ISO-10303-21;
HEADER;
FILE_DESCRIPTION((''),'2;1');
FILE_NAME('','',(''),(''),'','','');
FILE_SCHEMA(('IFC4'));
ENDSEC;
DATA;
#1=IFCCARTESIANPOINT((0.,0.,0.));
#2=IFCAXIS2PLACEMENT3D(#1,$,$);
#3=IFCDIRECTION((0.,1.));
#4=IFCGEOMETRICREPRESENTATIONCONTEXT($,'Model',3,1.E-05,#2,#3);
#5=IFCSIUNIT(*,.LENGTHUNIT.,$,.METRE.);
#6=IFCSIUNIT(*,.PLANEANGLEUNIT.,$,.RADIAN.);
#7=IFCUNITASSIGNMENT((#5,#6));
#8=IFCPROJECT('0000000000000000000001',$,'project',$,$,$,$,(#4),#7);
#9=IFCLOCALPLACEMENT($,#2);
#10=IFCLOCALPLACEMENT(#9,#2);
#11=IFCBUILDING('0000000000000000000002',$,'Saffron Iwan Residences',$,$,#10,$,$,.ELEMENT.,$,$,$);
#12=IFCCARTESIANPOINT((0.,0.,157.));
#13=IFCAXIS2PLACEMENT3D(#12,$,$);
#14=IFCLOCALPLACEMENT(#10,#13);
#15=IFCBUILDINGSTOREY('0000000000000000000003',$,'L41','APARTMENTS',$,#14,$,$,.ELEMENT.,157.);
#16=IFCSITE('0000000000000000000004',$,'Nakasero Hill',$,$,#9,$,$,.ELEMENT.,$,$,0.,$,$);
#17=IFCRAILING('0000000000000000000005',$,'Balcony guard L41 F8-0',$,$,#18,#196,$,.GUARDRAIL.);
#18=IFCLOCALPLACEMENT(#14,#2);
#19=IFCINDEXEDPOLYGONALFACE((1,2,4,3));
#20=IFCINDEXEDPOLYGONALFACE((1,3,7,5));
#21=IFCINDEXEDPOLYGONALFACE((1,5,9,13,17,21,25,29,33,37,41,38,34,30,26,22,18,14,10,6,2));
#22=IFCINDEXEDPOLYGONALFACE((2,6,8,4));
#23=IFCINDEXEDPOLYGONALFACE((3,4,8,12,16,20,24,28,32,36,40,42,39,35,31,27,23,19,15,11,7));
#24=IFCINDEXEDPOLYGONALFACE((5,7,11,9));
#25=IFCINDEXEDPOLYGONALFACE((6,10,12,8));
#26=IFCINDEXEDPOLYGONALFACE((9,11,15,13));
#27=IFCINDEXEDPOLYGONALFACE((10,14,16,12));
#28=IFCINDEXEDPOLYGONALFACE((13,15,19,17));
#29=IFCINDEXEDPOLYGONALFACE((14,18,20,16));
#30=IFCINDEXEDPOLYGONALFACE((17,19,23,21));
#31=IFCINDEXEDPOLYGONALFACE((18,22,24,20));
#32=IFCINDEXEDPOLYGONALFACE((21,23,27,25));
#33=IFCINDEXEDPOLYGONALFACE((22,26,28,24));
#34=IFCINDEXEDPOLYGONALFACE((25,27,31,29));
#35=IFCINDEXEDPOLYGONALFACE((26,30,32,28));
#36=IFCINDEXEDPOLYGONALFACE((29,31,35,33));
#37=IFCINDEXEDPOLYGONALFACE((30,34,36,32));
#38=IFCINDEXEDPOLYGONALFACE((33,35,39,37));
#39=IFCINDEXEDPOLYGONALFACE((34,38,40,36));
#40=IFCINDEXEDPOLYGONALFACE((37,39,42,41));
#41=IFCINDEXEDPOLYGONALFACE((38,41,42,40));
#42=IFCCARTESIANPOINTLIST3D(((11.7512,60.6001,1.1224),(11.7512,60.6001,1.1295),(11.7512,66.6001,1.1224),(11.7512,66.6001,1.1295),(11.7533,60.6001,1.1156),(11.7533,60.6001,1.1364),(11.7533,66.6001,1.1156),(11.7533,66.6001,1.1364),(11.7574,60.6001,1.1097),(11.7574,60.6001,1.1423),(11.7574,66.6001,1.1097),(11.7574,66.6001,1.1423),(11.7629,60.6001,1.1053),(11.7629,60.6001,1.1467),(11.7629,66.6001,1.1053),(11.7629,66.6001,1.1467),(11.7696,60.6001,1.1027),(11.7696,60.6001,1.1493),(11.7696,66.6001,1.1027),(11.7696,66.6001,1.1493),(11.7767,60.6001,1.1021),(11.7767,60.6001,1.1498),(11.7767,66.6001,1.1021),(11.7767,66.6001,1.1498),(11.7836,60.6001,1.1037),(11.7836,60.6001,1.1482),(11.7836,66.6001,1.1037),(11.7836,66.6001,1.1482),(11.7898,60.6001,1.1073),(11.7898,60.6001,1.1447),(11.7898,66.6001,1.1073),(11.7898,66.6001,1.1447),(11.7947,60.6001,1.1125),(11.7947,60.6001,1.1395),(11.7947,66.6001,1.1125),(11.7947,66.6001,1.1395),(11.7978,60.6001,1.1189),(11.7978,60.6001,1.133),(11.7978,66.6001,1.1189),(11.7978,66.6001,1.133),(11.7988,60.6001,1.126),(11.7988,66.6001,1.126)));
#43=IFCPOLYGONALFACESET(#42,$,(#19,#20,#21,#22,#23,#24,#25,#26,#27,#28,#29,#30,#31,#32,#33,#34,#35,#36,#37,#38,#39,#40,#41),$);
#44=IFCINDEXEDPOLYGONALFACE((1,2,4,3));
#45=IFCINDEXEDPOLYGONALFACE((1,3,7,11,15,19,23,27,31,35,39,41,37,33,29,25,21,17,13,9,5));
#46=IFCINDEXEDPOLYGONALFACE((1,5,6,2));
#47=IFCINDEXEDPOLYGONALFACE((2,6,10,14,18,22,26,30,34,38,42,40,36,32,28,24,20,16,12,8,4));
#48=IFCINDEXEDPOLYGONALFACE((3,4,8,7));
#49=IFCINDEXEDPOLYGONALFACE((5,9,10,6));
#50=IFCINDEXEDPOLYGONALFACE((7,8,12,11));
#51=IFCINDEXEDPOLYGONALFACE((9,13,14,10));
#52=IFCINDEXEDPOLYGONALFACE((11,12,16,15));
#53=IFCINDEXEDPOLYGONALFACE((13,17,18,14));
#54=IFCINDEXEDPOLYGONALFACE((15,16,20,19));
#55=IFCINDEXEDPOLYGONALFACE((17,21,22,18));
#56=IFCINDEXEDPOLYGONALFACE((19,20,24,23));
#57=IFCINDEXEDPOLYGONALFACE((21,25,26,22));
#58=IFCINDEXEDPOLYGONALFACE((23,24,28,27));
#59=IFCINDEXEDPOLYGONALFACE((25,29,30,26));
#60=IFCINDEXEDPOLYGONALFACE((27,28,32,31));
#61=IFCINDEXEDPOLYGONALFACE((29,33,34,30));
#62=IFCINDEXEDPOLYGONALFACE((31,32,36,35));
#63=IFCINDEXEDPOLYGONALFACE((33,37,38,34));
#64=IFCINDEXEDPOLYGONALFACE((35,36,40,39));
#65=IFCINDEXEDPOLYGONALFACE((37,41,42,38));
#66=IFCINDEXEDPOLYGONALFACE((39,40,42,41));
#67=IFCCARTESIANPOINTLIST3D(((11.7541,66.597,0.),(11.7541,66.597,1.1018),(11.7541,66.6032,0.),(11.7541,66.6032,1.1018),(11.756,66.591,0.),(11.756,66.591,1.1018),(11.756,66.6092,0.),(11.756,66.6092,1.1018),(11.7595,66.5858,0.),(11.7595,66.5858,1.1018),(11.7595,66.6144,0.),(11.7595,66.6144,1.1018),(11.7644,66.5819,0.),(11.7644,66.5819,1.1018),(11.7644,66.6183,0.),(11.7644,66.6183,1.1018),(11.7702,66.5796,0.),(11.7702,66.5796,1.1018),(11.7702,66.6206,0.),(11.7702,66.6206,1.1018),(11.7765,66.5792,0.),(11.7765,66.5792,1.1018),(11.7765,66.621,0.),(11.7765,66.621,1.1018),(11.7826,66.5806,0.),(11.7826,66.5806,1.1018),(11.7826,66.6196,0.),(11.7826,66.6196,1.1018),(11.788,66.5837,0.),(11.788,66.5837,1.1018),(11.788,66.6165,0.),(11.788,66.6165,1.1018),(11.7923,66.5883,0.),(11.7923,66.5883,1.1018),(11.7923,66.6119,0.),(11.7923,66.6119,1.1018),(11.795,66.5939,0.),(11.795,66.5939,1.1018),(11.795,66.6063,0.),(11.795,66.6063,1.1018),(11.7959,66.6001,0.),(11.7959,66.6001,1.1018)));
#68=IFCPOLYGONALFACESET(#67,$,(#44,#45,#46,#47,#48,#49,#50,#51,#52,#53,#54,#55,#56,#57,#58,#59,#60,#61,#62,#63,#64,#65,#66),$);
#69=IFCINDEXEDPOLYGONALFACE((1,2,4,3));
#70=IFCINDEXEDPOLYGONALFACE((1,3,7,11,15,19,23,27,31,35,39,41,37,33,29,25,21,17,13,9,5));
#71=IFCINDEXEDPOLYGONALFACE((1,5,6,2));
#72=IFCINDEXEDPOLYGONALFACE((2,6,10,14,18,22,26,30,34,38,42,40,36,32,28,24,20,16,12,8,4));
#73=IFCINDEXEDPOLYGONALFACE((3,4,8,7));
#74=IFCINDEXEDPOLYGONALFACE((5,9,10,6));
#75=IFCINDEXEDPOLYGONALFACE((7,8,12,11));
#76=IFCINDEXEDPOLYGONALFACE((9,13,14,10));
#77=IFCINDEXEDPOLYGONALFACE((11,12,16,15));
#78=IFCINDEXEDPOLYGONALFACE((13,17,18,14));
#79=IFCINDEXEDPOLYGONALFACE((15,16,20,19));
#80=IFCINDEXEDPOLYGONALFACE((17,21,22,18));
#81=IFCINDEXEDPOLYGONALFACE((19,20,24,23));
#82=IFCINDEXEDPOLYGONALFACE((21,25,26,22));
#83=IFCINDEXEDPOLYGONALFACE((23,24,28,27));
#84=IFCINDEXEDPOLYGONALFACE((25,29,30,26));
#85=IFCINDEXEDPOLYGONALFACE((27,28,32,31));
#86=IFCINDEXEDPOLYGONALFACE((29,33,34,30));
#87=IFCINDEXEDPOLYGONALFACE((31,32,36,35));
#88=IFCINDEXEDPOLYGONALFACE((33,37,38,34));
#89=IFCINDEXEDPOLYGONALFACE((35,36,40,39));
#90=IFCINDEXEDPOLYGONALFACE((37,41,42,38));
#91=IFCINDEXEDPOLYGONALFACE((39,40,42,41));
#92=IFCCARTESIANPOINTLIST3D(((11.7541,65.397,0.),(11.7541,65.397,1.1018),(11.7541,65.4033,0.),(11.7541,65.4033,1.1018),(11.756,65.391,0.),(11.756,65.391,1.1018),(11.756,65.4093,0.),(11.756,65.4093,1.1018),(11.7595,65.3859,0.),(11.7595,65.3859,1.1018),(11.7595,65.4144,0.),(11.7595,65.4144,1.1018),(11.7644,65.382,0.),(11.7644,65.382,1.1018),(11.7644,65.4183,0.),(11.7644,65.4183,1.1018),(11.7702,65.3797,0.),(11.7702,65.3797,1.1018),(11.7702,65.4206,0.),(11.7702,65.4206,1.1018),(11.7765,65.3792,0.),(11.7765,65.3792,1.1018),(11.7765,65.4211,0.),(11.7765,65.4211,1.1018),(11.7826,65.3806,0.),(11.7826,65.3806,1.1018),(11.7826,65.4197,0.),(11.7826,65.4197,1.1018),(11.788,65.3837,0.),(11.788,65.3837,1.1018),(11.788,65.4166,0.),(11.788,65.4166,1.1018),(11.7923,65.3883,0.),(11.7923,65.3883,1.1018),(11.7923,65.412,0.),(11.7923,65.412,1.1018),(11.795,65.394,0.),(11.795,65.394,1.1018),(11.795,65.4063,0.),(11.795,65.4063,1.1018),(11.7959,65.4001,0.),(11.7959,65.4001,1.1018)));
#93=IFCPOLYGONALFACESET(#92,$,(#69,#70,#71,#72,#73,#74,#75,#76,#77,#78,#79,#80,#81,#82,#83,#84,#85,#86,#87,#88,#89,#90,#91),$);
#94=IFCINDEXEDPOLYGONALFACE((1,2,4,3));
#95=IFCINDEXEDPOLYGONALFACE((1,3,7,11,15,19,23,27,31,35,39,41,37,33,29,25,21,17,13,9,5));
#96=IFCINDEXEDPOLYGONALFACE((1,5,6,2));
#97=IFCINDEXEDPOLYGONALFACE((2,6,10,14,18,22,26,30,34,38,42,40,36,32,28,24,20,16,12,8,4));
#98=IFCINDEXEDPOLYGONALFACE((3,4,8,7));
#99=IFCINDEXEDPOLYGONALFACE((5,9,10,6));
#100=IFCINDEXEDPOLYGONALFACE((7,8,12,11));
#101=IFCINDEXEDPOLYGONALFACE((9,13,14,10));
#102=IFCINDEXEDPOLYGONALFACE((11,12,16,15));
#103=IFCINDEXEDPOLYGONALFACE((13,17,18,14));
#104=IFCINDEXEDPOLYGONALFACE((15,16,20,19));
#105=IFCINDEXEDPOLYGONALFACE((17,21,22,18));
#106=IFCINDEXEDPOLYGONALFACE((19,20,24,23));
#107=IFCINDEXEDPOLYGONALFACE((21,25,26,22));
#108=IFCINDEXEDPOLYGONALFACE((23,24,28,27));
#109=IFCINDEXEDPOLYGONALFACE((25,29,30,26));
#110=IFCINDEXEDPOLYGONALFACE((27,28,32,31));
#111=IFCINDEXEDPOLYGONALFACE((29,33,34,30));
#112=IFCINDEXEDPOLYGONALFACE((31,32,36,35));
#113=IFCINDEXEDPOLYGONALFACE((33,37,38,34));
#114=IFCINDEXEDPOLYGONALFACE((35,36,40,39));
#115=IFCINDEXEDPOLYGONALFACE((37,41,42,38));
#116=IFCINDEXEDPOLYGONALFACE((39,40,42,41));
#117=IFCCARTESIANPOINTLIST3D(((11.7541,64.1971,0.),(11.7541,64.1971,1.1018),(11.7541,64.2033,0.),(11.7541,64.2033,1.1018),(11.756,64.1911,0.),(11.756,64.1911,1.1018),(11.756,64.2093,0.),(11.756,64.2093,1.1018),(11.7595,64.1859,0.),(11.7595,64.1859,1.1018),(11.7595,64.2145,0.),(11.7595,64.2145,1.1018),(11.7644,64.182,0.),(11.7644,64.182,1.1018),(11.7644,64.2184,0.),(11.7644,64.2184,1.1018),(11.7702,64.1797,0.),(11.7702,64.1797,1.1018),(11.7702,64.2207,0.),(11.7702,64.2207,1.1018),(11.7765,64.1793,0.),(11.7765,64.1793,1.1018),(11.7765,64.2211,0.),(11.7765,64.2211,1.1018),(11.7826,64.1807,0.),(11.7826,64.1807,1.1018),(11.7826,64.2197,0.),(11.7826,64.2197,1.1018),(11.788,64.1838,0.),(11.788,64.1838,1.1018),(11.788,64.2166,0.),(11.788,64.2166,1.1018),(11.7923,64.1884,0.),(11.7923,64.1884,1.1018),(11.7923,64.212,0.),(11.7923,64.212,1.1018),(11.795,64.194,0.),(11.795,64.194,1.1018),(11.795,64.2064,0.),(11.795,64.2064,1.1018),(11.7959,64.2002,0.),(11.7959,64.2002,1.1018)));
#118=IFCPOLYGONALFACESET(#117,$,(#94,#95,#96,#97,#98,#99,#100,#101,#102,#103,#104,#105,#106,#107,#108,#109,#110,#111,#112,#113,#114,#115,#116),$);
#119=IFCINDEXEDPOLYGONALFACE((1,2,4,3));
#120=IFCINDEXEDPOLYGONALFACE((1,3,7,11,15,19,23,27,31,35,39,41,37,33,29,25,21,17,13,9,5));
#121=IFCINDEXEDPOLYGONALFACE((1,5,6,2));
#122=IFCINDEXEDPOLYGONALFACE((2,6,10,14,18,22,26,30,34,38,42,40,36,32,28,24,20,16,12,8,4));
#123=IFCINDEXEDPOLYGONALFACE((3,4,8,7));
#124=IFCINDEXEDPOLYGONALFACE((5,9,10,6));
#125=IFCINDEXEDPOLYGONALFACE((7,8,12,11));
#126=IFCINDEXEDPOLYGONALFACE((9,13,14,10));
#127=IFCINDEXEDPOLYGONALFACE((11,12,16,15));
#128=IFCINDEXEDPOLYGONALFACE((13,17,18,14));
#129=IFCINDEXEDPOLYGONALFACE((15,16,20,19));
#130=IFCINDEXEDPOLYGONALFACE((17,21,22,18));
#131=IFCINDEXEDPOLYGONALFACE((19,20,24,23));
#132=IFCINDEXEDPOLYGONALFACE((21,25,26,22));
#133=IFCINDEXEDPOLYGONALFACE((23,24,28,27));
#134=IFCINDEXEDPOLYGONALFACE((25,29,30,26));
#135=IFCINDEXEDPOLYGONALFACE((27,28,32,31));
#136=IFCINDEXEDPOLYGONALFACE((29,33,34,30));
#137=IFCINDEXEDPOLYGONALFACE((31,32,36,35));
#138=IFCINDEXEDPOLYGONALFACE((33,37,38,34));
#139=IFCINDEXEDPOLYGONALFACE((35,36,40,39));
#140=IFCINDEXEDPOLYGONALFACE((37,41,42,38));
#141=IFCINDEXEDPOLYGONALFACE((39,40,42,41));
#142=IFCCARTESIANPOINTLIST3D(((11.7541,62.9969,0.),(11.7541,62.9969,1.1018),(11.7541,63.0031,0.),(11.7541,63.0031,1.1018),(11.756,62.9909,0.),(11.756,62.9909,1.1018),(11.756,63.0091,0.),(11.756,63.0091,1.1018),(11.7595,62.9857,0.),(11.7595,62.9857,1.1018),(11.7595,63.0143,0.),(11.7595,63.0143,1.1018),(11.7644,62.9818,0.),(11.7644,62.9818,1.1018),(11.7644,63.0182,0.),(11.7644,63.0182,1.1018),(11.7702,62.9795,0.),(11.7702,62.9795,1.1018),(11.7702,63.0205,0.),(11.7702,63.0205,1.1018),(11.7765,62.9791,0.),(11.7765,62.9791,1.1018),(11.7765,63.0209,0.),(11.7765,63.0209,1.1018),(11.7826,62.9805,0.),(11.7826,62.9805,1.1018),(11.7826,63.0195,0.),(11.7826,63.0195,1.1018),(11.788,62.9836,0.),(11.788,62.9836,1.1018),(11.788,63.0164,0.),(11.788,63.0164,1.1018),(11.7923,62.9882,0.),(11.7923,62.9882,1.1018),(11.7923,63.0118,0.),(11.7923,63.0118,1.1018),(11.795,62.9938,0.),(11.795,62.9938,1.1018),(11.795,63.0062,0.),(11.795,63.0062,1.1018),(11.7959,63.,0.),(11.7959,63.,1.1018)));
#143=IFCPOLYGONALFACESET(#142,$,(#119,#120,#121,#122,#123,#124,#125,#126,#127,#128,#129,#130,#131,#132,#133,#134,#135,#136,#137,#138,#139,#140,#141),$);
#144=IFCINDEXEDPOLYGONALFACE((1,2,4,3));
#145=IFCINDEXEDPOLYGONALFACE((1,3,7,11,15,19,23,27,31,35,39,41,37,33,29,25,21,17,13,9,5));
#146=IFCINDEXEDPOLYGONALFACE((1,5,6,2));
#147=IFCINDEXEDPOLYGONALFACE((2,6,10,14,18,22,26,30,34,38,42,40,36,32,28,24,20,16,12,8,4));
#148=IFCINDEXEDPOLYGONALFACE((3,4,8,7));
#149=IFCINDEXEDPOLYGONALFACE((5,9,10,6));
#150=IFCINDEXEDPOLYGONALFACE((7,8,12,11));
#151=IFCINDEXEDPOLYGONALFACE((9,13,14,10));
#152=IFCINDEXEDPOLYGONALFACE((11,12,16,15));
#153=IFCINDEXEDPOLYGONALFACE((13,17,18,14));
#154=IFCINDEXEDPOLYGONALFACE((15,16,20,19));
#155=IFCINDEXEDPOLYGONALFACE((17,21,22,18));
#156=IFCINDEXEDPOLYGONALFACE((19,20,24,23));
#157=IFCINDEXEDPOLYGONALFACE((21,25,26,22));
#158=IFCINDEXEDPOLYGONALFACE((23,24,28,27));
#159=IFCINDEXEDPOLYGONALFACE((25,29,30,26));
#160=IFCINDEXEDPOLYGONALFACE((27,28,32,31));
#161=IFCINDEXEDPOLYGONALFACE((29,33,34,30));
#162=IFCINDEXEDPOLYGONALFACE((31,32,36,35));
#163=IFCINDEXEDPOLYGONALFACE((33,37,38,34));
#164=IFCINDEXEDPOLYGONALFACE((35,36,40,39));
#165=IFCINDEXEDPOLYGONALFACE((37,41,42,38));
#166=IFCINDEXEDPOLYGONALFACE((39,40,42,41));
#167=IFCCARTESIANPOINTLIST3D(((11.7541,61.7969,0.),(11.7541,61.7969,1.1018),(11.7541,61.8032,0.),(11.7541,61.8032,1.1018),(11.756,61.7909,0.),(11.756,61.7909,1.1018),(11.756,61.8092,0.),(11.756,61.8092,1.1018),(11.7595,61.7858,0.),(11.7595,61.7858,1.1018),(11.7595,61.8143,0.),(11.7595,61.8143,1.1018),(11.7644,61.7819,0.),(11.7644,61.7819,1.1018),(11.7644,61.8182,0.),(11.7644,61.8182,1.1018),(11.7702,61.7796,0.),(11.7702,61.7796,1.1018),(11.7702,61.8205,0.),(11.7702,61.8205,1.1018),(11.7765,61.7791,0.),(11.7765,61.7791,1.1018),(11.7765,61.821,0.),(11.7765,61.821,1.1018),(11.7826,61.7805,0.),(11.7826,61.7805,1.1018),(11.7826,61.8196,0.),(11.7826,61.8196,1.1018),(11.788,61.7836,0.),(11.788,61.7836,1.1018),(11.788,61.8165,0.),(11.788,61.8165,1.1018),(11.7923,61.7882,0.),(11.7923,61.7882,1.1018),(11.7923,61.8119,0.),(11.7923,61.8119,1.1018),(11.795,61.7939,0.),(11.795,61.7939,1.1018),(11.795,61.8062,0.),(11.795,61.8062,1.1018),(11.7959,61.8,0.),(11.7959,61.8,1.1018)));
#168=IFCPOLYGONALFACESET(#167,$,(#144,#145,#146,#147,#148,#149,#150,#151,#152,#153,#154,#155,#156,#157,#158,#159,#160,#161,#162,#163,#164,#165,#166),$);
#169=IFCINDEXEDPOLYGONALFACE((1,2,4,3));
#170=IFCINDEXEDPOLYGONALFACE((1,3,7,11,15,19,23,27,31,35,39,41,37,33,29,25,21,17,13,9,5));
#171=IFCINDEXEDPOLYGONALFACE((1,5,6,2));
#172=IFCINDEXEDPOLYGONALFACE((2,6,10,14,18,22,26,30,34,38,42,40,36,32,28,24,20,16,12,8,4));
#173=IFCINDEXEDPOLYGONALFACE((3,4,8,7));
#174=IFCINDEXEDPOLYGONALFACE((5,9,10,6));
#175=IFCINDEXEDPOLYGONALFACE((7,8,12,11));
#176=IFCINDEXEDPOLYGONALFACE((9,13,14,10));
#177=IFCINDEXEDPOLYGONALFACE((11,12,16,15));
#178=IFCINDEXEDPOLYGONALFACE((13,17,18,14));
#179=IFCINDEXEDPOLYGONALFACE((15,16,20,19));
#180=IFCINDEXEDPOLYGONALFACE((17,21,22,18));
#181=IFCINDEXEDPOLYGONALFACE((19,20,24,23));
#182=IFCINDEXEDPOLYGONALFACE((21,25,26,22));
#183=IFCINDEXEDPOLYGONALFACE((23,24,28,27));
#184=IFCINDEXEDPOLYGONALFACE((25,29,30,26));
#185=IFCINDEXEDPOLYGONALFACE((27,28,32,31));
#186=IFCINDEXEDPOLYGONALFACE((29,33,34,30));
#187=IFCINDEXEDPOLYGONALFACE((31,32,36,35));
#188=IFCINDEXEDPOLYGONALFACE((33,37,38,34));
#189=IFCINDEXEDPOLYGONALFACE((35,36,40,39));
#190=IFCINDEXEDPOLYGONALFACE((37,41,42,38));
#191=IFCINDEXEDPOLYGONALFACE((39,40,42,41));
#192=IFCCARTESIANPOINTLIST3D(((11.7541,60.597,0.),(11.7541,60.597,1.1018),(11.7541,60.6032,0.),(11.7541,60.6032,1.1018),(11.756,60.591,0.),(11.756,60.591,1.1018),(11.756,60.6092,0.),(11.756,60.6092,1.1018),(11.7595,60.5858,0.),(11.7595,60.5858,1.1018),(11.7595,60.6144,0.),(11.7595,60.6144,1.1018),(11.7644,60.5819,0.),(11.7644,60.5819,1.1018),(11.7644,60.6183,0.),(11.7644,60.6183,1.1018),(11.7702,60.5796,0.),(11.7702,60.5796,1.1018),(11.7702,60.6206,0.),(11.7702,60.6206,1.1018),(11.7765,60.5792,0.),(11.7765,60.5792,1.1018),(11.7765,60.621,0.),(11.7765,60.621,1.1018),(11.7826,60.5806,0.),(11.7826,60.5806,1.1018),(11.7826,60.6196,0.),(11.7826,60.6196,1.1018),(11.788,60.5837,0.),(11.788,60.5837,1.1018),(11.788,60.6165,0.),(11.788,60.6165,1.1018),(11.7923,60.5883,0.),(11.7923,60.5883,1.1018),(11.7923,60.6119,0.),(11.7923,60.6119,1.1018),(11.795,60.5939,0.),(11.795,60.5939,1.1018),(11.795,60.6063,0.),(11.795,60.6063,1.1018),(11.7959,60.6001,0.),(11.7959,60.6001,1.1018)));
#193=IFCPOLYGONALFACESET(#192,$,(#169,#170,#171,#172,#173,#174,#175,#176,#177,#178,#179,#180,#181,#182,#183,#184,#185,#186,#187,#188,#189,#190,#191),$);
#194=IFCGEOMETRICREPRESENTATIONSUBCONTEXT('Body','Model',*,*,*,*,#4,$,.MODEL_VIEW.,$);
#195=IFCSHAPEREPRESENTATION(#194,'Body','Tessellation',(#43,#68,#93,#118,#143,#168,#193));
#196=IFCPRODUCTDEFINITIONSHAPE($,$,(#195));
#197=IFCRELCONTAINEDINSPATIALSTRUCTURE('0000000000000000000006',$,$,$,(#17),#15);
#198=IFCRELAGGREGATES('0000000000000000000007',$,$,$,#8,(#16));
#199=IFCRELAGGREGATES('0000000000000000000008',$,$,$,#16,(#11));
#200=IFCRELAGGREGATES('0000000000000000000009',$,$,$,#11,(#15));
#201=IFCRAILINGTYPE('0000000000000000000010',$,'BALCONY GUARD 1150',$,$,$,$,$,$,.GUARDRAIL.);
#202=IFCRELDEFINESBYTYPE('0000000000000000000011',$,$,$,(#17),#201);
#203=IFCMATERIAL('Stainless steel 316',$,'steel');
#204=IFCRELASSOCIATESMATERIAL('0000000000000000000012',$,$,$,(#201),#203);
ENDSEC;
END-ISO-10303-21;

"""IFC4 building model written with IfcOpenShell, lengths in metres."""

from ifc_helpers import new_model, si_unit, direction, frame, origin, origin_2d, place, context, subcontext, project, spatial, circle, extrude, material, type_object, element, save


model = new_model("IFC4")

# Units and contexts
model_context = context("Model", 3, precision=1e-05, world=origin(), true_north=direction((0.0, 1.0)))
body_context = subcontext(model_context, "Body", "Model", "MODEL_VIEW")
ifc_project = project(units=[si_unit("LENGTHUNIT", "METRE"), si_unit("PLANEANGLEUNIT", "RADIAN")], contexts=[model_context])

# Site, building, storey
site_placement = place(None, origin())
site = spatial("IfcSite", under=ifc_project, at=site_placement, Name="Nakasero Hill", CompositionType="ELEMENT", RefElevation=0.0)
building_placement = place(site_placement, origin())
building = spatial("IfcBuilding", under=site, at=building_placement, Name="Saffron Iwan Residences", CompositionType="ELEMENT")
storey_placement = place(building_placement, frame((0.0, 0.0, 157.0)))
storey = spatial("IfcBuildingStorey", under=building, at=storey_placement, Name="L41", Description="APARTMENTS", CompositionType="ELEMENT", Elevation=157.0)

# Railing
ifc_material_1 = material(Name="Stainless steel 316", Category="steel")
railing_type = type_object("IfcRailingType", Name="BALCONY GUARD 1150", PredefinedType="GUARDRAIL", material=ifc_material_1)
for number, where, name in (
    (1, (11.7749, 66.6001, 0.0), "Balcony guard L41 F8-0"),
):
    element("IfcRailing", number, at=place(storey_placement, frame(where)), inside=storey, type_object=railing_type, Name=name, PredefinedType="GUARDRAIL", context=body_context, shape_type="SweptSolid", body=[
        extrude(circle(Radius=0.0239, at=origin_2d()), frame((0.0, 0.0, 1.126), z_axis=(0.0, -1.0, 0.0), x_axis=(1.0, 0.0, 0.0)), (0.0, 0.0, 1.0), 6.0),
        extrude(circle(Radius=0.021, at=origin_2d()), origin(), (0.0, 0.0, 1.0), 1.1018),
        extrude(circle(Radius=0.021, at=origin_2d()), frame((0.0, -1.2, 0.0)), (0.0, 0.0, 1.0), 1.1018),
        extrude(circle(Radius=0.021, at=origin_2d()), frame((0.0, -2.3999, 0.0)), (0.0, 0.0, 1.0), 1.1018),
        extrude(circle(Radius=0.021, at=origin_2d()), frame((0.0, -3.6001, 0.0)), (0.0, 0.0, 1.0), 1.1018),
        extrude(circle(Radius=0.021, at=origin_2d()), frame((0.0, -4.8, 0.0)), (0.0, 0.0, 1.0), 1.1018),
        extrude(circle(Radius=0.021, at=origin_2d()), frame((0.0, -6.0, 0.0)), (0.0, 0.0, 1.0), 1.1018),
    ])

save(model, "model.ifc")
